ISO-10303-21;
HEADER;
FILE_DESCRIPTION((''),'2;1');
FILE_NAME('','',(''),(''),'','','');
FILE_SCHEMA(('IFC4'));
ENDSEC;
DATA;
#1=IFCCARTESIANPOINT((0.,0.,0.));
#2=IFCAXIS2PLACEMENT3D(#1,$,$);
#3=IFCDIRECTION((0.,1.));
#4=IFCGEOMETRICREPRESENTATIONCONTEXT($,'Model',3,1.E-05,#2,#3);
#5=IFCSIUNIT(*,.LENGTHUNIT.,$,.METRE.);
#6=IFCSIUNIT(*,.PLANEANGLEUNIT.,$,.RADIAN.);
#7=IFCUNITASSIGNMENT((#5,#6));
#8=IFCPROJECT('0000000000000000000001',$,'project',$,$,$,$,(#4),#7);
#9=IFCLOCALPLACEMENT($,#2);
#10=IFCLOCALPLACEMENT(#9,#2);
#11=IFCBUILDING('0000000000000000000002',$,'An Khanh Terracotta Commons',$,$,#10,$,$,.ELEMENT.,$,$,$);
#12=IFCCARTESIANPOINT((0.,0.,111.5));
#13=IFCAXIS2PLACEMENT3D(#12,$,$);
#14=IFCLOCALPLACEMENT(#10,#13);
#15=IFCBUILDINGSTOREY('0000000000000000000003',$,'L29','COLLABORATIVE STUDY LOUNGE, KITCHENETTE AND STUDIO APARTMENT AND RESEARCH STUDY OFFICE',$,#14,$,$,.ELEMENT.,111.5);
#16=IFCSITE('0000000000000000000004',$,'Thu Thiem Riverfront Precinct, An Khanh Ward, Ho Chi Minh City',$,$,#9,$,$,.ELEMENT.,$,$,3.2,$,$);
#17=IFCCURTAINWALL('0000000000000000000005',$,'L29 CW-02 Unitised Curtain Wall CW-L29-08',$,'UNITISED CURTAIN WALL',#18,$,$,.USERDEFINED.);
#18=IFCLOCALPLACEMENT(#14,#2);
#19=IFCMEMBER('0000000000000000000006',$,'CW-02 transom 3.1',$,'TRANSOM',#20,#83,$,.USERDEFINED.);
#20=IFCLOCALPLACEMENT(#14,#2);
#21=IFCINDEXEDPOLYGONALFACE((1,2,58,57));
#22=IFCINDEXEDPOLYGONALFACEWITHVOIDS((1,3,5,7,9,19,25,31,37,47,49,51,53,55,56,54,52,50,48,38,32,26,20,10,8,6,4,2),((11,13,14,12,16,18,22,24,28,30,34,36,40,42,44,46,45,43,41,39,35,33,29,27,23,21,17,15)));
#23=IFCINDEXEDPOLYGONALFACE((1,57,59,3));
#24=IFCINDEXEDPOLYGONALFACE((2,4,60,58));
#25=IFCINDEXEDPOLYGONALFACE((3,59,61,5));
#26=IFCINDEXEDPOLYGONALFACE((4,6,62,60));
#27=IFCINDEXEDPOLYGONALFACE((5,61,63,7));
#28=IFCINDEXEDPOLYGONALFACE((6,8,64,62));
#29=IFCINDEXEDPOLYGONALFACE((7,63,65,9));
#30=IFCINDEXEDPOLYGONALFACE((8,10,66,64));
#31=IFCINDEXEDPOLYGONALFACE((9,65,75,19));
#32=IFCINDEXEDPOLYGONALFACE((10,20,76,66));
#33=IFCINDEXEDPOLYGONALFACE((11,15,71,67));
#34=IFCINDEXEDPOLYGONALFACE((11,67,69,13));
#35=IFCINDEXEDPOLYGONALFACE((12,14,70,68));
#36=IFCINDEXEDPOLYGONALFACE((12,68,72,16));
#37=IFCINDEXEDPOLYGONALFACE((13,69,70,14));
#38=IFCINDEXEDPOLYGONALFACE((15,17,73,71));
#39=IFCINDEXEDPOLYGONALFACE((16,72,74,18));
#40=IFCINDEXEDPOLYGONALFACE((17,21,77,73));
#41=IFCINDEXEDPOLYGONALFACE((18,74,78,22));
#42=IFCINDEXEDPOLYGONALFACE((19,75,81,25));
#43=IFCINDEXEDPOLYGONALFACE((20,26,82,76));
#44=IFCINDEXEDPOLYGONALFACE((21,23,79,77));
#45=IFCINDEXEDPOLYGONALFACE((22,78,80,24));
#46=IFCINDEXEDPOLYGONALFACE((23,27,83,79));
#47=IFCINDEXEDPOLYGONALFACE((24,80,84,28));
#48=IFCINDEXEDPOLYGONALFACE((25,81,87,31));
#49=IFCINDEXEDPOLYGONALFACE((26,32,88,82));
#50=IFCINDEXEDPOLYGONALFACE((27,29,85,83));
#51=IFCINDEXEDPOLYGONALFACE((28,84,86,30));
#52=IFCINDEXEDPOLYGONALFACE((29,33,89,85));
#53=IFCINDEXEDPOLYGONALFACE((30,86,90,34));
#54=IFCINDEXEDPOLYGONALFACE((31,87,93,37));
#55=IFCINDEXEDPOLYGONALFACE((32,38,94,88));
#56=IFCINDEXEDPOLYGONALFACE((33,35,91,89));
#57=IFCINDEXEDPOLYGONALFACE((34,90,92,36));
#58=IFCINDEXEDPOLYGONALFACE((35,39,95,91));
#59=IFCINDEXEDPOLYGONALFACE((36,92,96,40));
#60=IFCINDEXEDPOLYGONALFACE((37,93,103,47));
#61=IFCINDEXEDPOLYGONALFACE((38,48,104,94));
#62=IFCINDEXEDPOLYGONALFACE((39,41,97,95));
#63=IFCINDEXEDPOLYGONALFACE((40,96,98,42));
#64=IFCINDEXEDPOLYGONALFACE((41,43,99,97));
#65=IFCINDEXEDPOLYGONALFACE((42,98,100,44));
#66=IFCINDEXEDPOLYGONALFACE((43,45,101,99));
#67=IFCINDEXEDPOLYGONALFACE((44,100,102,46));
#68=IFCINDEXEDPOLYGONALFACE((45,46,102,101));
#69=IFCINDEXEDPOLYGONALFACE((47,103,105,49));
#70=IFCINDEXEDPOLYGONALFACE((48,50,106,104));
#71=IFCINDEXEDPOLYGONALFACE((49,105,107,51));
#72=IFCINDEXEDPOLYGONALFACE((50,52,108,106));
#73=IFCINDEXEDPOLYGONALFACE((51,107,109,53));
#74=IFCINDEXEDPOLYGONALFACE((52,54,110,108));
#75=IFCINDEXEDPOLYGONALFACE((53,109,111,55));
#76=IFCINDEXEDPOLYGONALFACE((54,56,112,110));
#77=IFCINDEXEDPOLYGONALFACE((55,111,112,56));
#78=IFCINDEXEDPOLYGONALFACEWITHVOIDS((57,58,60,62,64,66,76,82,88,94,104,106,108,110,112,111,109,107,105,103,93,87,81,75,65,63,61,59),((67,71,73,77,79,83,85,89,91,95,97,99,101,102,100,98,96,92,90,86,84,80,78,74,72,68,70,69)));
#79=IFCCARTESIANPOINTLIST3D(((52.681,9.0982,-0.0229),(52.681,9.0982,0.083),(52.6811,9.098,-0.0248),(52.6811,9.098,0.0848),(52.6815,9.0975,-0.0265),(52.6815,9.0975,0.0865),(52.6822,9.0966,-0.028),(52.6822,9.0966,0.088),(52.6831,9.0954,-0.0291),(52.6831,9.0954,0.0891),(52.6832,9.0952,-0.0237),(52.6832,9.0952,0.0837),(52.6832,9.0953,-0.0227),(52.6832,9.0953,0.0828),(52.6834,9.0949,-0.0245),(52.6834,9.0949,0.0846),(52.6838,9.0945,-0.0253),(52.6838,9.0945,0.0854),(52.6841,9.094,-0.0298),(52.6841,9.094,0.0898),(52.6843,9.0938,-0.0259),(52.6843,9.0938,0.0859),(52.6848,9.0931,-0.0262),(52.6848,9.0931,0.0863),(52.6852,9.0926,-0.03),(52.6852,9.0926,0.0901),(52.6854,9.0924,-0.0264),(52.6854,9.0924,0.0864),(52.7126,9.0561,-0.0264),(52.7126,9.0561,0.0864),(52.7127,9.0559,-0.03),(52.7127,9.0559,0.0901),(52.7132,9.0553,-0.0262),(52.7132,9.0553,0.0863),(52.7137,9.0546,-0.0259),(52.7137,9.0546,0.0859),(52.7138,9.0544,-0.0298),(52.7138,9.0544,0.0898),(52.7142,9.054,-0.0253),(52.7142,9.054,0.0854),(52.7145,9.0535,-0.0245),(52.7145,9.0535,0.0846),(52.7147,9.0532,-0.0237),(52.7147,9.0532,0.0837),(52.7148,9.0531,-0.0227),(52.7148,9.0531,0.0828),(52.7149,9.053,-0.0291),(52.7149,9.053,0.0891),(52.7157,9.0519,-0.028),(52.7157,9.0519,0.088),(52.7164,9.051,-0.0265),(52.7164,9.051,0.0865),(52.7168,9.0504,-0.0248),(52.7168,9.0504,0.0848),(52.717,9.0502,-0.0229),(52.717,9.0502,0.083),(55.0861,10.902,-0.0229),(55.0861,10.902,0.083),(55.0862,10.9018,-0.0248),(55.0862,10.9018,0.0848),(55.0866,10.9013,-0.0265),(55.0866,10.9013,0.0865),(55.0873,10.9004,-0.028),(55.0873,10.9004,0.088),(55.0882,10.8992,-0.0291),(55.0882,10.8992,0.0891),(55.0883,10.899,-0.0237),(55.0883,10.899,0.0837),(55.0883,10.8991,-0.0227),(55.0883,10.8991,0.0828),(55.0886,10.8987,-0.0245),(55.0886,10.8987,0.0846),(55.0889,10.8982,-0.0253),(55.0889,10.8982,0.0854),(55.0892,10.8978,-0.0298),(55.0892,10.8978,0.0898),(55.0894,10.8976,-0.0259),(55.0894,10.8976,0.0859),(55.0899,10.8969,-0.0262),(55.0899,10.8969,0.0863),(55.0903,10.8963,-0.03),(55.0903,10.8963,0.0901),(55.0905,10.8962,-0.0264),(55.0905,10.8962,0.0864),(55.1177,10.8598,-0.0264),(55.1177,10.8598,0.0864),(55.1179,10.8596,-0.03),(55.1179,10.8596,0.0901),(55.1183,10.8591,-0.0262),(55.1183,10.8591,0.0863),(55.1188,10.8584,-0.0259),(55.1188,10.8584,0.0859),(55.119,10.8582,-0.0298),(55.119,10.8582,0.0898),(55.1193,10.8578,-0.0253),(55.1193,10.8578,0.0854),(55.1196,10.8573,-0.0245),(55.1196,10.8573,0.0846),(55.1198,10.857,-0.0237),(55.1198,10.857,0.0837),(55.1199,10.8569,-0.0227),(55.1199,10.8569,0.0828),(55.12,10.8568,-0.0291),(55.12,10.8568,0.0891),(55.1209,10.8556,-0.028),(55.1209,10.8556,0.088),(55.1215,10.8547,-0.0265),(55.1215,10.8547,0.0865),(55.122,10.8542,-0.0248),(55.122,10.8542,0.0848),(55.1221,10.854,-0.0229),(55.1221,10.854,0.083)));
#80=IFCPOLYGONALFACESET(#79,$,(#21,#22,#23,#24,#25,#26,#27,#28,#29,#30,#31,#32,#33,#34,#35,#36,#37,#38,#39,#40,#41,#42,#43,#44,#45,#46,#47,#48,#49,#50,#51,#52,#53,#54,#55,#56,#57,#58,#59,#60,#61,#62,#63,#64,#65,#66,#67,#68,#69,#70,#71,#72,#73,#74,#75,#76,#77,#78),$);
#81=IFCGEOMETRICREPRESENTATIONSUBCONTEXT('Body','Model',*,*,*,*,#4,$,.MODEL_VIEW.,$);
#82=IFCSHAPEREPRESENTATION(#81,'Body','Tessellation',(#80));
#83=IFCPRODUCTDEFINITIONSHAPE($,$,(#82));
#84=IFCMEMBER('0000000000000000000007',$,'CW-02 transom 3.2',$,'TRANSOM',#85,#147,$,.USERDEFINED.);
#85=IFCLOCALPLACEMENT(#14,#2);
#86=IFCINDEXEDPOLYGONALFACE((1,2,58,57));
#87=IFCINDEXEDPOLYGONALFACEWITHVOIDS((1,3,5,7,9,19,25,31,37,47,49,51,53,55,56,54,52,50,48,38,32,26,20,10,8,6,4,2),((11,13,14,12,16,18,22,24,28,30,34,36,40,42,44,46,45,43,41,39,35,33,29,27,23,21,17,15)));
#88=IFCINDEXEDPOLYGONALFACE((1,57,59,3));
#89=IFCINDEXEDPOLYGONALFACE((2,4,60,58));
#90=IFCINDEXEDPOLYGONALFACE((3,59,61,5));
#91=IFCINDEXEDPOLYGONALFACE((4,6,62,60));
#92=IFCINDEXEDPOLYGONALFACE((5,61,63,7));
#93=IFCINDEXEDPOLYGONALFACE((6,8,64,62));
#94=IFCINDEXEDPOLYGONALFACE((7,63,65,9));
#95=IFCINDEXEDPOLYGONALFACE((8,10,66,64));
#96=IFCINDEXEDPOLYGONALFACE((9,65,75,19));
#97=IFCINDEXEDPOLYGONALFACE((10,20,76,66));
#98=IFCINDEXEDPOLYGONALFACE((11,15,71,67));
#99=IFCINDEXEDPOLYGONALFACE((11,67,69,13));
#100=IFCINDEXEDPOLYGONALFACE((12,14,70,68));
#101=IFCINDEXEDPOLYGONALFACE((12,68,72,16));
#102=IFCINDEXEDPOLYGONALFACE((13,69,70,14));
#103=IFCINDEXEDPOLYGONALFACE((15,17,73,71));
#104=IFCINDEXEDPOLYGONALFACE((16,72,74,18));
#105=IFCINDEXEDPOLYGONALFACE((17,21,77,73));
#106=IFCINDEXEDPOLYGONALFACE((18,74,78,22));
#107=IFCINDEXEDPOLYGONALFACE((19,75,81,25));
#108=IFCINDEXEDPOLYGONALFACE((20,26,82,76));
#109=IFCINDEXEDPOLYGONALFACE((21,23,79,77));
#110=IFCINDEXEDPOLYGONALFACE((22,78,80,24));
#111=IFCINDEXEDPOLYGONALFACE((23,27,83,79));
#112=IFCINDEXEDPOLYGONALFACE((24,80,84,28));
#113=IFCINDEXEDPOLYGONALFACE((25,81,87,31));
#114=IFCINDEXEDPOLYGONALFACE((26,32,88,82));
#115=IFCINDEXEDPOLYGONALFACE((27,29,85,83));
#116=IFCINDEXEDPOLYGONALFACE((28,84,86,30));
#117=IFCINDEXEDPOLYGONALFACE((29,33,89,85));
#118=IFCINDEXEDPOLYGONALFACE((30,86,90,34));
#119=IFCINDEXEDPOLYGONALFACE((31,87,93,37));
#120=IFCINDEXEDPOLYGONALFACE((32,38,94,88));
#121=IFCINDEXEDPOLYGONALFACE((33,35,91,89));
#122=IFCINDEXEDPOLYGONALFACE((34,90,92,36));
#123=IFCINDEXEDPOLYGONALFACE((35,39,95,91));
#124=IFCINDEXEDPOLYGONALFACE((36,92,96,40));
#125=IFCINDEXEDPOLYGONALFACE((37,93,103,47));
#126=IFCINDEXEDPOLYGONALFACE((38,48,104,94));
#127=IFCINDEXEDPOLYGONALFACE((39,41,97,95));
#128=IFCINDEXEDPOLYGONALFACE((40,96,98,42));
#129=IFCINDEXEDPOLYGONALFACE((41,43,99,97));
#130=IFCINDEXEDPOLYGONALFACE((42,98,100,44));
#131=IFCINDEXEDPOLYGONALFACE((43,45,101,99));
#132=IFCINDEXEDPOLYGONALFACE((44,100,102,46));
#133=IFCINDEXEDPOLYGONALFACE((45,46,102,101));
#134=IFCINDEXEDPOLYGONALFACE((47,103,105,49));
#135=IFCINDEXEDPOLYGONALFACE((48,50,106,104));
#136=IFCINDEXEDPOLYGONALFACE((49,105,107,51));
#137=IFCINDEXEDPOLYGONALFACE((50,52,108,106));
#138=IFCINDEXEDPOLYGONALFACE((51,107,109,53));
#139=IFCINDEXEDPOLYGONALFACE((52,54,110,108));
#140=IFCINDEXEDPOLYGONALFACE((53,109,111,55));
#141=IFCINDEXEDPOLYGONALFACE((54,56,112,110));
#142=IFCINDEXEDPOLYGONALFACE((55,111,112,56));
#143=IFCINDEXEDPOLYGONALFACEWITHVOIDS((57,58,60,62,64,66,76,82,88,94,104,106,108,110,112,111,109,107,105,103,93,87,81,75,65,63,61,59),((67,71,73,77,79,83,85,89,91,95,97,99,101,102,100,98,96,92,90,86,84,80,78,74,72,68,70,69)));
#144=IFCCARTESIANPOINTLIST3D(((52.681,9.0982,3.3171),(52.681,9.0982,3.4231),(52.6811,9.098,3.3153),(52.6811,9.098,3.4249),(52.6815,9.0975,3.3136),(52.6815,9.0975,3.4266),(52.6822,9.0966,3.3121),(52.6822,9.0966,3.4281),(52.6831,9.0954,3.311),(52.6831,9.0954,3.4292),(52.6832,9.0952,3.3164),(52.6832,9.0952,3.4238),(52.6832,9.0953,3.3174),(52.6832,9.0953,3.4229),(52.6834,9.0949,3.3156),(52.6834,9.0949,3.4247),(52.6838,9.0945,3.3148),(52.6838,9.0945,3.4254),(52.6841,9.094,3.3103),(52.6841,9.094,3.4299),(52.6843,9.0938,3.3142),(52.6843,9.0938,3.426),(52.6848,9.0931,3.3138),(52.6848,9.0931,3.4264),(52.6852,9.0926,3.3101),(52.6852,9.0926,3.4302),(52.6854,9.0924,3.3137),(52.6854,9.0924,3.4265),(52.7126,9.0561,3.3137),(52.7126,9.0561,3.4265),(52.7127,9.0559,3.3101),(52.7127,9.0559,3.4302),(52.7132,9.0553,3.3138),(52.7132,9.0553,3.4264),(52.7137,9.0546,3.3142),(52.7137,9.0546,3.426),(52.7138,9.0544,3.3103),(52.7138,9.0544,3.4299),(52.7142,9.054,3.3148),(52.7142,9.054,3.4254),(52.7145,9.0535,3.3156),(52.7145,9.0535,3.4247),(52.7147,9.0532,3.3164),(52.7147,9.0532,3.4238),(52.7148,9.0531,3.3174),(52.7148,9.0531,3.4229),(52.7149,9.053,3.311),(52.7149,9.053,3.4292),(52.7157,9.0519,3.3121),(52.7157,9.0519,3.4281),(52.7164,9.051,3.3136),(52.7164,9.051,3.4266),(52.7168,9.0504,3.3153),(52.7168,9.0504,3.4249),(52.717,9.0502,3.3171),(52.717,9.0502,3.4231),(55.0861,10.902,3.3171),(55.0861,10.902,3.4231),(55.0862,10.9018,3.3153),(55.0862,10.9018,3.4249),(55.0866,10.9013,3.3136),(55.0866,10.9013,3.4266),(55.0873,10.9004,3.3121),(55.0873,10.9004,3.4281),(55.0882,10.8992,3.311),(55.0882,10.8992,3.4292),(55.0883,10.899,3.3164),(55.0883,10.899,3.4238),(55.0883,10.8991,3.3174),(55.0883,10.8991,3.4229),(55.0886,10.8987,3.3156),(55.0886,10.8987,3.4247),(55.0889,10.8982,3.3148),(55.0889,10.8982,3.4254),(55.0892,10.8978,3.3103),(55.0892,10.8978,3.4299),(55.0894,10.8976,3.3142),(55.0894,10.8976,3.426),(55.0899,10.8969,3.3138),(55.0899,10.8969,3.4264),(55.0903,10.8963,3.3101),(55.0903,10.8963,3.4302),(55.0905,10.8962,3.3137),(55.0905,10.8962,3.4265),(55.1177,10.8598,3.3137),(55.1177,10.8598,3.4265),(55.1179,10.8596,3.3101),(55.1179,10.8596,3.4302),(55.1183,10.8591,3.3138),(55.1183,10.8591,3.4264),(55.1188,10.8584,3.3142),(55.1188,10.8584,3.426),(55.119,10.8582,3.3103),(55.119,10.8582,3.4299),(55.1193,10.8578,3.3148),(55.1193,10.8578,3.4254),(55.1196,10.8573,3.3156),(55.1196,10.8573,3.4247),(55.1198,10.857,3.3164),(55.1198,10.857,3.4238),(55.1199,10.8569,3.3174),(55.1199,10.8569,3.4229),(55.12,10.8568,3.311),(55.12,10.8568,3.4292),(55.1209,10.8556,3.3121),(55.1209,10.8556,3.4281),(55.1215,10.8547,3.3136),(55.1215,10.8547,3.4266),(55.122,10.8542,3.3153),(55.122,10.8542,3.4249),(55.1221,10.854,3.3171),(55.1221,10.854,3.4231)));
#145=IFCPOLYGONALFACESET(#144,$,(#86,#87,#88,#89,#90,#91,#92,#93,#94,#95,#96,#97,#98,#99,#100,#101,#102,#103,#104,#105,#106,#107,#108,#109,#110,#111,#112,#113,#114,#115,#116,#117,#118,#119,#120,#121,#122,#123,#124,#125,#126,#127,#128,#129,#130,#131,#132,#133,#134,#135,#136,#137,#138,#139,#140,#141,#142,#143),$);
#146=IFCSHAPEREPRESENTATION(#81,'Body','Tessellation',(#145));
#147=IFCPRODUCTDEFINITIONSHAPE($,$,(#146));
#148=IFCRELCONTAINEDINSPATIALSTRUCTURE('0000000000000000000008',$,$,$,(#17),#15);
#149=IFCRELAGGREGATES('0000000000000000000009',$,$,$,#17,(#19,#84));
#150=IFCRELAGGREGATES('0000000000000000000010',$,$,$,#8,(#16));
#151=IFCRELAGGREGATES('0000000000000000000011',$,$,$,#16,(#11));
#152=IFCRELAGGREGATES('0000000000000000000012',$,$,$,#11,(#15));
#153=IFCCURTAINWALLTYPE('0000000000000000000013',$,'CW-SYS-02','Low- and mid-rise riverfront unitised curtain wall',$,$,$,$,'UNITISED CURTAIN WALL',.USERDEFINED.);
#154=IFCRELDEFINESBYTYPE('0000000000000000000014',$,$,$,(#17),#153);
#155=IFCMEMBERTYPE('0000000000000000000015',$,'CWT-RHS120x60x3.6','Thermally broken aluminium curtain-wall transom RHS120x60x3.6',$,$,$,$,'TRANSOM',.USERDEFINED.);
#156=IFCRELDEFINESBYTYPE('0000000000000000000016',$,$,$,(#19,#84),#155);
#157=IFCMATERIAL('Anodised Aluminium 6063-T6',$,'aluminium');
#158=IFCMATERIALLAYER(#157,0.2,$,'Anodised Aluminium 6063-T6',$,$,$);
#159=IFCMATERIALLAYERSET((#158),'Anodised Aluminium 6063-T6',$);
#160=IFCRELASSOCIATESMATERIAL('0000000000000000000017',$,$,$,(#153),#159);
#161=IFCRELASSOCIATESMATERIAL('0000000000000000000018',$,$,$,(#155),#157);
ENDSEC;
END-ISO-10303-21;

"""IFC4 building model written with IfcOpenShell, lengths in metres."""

from ifc_helpers import new_model, si_unit, direction, frame, origin, origin_2d, place, context, subcontext, project, spatial, hollow_rectangle, extrude, material, layer, layer_set, material_profile, profile_set, type_object, element, aggregate, save


model = new_model("IFC4")

# Units and contexts
model_context = context("Model", 3, precision=1e-05, world=origin(), true_north=direction((0.0, 1.0)))
body_context = subcontext(model_context, "Body", "Model", "MODEL_VIEW")
ifc_project = project(units=[si_unit("LENGTHUNIT", "METRE"), si_unit("PLANEANGLEUNIT", "RADIAN")], contexts=[model_context])

# Site, building, storey
site_placement = place(None, origin())
site = spatial("IfcSite", under=ifc_project, at=site_placement, Name="Thu Thiem Riverfront Precinct, An Khanh Ward, Ho Chi Minh City", CompositionType="ELEMENT", RefElevation=3.2)
building_placement = place(site_placement, origin())
building = spatial("IfcBuilding", under=site, at=building_placement, Name="An Khanh Terracotta Commons", CompositionType="ELEMENT")
storey_placement = place(building_placement, frame((0.0, 0.0, 111.5)))
storey = spatial("IfcBuildingStorey", under=building, at=storey_placement, Name="L29", Description="COLLABORATIVE STUDY LOUNGE, KITCHENETTE AND STUDIO APARTMENT AND RESEARCH STUDY OFFICE", CompositionType="ELEMENT", Elevation=111.5)

# Curtain wall
ifc_material_1 = material(Name="Anodised Aluminium 6063-T6", Category="aluminium")
ifc_layer_1 = layer(ifc_material_1, 0.2, Name="Anodised Aluminium 6063-T6")
ifc_layer_set_1 = layer_set([ifc_layer_1], Name="Anodised Aluminium 6063-T6")
curtain_wall_type = type_object("IfcCurtainWallType", Name="CW-SYS-02", Description="Low- and mid-rise riverfront unitised curtain wall", ElementType="UNITISED CURTAIN WALL", PredefinedType="USERDEFINED", material=ifc_layer_set_1)
curtain_wall_1_placement = place(storey_placement, origin())
curtain_wall_1 = element("IfcCurtainWall", 1, at=curtain_wall_1_placement, inside=storey, type_object=curtain_wall_type, Name="L29 CW-02 Unitised Curtain Wall CW-L29-08", ObjectType="UNITISED CURTAIN WALL", PredefinedType="USERDEFINED")

# Members
ifc_material_profile_1 = material_profile(ifc_material_1, hollow_rectangle(XDim=0.0601, YDim=0.1201, WallThickness=0.0037, InnerFilletRadius=0.0037, OuterFilletRadius=0.0071, at=origin_2d()), Name="RHS120x60x3.6")
ifc_profile_set_1 = profile_set([ifc_material_profile_1], Name="Anodised Aluminium 6063-T6")
member_type_1 = type_object("IfcMemberType", Name="CWT-RHS120x60x3.6", Description="Thermally broken aluminium curtain-wall transom RHS120x60x3.6", ElementType="TRANSOM", PredefinedType="USERDEFINED", material=ifc_profile_set_1)
member_1_placement = place(storey_placement, frame((52.699, 9.0742, 0.03), z_axis=(0.80001, 0.599987, 0.0), x_axis=(-0.599987, 0.80001, 0.0)))
member_1 = element("IfcMember", 2, at=member_1_placement, type_object=member_type_1, Name="CW-02 transom 3.1", ObjectType="TRANSOM", PredefinedType="USERDEFINED", context=body_context, shape_type="SweptSolid", body=[
    extrude(hollow_rectangle(XDim=0.0601, YDim=0.1201, WallThickness=0.0037, InnerFilletRadius=0.0037, OuterFilletRadius=0.0071, at=origin_2d()), origin(), (0.0, 0.0, 1.0), 3.0063),
])
member_2_placement = place(storey_placement, frame((52.699, 9.0742, 3.3701), z_axis=(0.80001, 0.599987, 0.0), x_axis=(-0.599987, 0.80001, 0.0)))
member_2 = element("IfcMember", 3, at=member_2_placement, type_object=member_type_1, Name="CW-02 transom 3.2", ObjectType="TRANSOM", PredefinedType="USERDEFINED", context=body_context, shape_type="SweptSolid", body=[
    extrude(hollow_rectangle(XDim=0.0601, YDim=0.1201, WallThickness=0.0037, InnerFilletRadius=0.0037, OuterFilletRadius=0.0071, at=origin_2d()), origin(), (0.0, 0.0, 1.0), 3.0063),
])

aggregate(curtain_wall_1, [member_1, member_2])

save(model, "model.ifc")
